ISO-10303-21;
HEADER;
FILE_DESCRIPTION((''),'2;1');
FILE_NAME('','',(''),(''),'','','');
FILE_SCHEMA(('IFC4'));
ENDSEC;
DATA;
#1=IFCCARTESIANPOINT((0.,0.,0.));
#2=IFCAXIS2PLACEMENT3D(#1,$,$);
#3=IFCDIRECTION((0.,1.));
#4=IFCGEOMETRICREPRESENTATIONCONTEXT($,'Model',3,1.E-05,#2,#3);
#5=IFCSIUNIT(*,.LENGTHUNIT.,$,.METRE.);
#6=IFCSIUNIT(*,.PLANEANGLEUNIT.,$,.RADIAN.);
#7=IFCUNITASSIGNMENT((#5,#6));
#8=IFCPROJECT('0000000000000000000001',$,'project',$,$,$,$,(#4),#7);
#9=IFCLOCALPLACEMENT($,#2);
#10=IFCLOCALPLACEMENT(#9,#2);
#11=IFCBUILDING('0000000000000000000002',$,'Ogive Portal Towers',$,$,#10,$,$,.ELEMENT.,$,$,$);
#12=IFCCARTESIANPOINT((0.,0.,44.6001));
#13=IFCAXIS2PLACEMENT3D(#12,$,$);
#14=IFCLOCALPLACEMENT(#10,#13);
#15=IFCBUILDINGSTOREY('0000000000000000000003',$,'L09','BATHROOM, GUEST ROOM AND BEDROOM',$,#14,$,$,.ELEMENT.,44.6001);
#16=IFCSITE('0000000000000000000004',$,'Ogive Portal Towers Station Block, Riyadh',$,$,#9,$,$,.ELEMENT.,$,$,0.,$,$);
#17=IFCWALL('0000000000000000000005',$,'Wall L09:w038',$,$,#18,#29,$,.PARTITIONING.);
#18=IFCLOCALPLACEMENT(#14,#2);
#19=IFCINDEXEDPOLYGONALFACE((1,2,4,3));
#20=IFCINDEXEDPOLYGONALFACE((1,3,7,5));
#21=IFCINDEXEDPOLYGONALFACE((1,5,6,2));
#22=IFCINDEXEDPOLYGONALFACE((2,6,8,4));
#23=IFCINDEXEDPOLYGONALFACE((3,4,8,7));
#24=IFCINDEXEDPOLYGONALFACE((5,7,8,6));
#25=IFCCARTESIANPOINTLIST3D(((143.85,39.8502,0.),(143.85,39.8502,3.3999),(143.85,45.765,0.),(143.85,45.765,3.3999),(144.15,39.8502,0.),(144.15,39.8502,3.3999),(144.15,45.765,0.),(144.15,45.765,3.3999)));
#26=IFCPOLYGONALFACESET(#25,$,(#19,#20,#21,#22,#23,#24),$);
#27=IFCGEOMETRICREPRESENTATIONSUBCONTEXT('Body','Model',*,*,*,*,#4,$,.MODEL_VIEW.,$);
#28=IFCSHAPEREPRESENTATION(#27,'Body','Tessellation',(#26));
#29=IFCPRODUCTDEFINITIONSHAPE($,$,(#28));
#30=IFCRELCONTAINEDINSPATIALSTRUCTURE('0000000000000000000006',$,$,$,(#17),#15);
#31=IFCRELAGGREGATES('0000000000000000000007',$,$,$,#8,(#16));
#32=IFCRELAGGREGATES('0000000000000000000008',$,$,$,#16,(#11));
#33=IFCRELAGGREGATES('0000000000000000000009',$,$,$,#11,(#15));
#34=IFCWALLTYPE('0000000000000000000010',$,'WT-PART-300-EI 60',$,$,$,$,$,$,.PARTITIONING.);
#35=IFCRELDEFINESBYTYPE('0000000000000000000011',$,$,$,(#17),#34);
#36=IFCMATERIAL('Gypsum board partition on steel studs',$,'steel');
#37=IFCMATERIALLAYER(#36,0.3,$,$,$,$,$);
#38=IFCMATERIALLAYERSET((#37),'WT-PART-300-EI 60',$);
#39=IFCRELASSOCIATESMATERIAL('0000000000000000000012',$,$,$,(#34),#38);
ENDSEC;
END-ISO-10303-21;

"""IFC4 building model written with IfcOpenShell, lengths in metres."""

from ifc_helpers import new_model, si_unit, direction, frame, frame_2d, origin, place, context, subcontext, project, spatial, rectangle, extrude, material, layer, layer_set, type_object, element, save


model = new_model("IFC4")

# Units and contexts
model_context = context("Model", 3, precision=1e-05, world=origin(), true_north=direction((0.0, 1.0)))
body_context = subcontext(model_context, "Body", "Model", "MODEL_VIEW")
ifc_project = project(units=[si_unit("LENGTHUNIT", "METRE"), si_unit("PLANEANGLEUNIT", "RADIAN")], contexts=[model_context])

# Site, building, storey
site_placement = place(None, origin())
site = spatial("IfcSite", under=ifc_project, at=site_placement, Name="Ogive Portal Towers Station Block, Riyadh", CompositionType="ELEMENT", RefElevation=0.0)
building_placement = place(site_placement, origin())
building = spatial("IfcBuilding", under=site, at=building_placement, Name="Ogive Portal Towers", CompositionType="ELEMENT")
storey_placement = place(building_placement, frame((0.0, 0.0, 44.6001)))
storey = spatial("IfcBuildingStorey", under=building, at=storey_placement, Name="L09", Description="BATHROOM, GUEST ROOM AND BEDROOM", CompositionType="ELEMENT", Elevation=44.6001)

# Shared definitions
ifc_material_1 = material(Name="Gypsum board partition on steel studs", Category="steel")

# Wall
ifc_layer_1 = layer(ifc_material_1, 0.3)
ifc_layer_set_1 = layer_set([ifc_layer_1], Name="WT-PART-300-EI 60")
wall_type_1 = type_object("IfcWallType", Name="WT-PART-300-EI 60", PredefinedType="PARTITIONING", material=ifc_layer_set_1)
wall_1_placement = place(storey_placement, frame((144.0, 39.8501, 0.0), z_axis=(0.0, 0.0, 1.0), x_axis=(0.0, 1.0, 0.0)))
element("IfcWall", 1, at=wall_1_placement, inside=storey, type_object=wall_type_1, Name="Wall L09:w038", PredefinedType="PARTITIONING", context=body_context, shape_type="SweptSolid", body=[
    extrude(rectangle(XDim=5.9148, YDim=0.3, at=frame_2d((2.9575, 0.0))), origin(), (0.0, 0.0, 1.0), 3.3999),
])

save(model, "model.ifc")
